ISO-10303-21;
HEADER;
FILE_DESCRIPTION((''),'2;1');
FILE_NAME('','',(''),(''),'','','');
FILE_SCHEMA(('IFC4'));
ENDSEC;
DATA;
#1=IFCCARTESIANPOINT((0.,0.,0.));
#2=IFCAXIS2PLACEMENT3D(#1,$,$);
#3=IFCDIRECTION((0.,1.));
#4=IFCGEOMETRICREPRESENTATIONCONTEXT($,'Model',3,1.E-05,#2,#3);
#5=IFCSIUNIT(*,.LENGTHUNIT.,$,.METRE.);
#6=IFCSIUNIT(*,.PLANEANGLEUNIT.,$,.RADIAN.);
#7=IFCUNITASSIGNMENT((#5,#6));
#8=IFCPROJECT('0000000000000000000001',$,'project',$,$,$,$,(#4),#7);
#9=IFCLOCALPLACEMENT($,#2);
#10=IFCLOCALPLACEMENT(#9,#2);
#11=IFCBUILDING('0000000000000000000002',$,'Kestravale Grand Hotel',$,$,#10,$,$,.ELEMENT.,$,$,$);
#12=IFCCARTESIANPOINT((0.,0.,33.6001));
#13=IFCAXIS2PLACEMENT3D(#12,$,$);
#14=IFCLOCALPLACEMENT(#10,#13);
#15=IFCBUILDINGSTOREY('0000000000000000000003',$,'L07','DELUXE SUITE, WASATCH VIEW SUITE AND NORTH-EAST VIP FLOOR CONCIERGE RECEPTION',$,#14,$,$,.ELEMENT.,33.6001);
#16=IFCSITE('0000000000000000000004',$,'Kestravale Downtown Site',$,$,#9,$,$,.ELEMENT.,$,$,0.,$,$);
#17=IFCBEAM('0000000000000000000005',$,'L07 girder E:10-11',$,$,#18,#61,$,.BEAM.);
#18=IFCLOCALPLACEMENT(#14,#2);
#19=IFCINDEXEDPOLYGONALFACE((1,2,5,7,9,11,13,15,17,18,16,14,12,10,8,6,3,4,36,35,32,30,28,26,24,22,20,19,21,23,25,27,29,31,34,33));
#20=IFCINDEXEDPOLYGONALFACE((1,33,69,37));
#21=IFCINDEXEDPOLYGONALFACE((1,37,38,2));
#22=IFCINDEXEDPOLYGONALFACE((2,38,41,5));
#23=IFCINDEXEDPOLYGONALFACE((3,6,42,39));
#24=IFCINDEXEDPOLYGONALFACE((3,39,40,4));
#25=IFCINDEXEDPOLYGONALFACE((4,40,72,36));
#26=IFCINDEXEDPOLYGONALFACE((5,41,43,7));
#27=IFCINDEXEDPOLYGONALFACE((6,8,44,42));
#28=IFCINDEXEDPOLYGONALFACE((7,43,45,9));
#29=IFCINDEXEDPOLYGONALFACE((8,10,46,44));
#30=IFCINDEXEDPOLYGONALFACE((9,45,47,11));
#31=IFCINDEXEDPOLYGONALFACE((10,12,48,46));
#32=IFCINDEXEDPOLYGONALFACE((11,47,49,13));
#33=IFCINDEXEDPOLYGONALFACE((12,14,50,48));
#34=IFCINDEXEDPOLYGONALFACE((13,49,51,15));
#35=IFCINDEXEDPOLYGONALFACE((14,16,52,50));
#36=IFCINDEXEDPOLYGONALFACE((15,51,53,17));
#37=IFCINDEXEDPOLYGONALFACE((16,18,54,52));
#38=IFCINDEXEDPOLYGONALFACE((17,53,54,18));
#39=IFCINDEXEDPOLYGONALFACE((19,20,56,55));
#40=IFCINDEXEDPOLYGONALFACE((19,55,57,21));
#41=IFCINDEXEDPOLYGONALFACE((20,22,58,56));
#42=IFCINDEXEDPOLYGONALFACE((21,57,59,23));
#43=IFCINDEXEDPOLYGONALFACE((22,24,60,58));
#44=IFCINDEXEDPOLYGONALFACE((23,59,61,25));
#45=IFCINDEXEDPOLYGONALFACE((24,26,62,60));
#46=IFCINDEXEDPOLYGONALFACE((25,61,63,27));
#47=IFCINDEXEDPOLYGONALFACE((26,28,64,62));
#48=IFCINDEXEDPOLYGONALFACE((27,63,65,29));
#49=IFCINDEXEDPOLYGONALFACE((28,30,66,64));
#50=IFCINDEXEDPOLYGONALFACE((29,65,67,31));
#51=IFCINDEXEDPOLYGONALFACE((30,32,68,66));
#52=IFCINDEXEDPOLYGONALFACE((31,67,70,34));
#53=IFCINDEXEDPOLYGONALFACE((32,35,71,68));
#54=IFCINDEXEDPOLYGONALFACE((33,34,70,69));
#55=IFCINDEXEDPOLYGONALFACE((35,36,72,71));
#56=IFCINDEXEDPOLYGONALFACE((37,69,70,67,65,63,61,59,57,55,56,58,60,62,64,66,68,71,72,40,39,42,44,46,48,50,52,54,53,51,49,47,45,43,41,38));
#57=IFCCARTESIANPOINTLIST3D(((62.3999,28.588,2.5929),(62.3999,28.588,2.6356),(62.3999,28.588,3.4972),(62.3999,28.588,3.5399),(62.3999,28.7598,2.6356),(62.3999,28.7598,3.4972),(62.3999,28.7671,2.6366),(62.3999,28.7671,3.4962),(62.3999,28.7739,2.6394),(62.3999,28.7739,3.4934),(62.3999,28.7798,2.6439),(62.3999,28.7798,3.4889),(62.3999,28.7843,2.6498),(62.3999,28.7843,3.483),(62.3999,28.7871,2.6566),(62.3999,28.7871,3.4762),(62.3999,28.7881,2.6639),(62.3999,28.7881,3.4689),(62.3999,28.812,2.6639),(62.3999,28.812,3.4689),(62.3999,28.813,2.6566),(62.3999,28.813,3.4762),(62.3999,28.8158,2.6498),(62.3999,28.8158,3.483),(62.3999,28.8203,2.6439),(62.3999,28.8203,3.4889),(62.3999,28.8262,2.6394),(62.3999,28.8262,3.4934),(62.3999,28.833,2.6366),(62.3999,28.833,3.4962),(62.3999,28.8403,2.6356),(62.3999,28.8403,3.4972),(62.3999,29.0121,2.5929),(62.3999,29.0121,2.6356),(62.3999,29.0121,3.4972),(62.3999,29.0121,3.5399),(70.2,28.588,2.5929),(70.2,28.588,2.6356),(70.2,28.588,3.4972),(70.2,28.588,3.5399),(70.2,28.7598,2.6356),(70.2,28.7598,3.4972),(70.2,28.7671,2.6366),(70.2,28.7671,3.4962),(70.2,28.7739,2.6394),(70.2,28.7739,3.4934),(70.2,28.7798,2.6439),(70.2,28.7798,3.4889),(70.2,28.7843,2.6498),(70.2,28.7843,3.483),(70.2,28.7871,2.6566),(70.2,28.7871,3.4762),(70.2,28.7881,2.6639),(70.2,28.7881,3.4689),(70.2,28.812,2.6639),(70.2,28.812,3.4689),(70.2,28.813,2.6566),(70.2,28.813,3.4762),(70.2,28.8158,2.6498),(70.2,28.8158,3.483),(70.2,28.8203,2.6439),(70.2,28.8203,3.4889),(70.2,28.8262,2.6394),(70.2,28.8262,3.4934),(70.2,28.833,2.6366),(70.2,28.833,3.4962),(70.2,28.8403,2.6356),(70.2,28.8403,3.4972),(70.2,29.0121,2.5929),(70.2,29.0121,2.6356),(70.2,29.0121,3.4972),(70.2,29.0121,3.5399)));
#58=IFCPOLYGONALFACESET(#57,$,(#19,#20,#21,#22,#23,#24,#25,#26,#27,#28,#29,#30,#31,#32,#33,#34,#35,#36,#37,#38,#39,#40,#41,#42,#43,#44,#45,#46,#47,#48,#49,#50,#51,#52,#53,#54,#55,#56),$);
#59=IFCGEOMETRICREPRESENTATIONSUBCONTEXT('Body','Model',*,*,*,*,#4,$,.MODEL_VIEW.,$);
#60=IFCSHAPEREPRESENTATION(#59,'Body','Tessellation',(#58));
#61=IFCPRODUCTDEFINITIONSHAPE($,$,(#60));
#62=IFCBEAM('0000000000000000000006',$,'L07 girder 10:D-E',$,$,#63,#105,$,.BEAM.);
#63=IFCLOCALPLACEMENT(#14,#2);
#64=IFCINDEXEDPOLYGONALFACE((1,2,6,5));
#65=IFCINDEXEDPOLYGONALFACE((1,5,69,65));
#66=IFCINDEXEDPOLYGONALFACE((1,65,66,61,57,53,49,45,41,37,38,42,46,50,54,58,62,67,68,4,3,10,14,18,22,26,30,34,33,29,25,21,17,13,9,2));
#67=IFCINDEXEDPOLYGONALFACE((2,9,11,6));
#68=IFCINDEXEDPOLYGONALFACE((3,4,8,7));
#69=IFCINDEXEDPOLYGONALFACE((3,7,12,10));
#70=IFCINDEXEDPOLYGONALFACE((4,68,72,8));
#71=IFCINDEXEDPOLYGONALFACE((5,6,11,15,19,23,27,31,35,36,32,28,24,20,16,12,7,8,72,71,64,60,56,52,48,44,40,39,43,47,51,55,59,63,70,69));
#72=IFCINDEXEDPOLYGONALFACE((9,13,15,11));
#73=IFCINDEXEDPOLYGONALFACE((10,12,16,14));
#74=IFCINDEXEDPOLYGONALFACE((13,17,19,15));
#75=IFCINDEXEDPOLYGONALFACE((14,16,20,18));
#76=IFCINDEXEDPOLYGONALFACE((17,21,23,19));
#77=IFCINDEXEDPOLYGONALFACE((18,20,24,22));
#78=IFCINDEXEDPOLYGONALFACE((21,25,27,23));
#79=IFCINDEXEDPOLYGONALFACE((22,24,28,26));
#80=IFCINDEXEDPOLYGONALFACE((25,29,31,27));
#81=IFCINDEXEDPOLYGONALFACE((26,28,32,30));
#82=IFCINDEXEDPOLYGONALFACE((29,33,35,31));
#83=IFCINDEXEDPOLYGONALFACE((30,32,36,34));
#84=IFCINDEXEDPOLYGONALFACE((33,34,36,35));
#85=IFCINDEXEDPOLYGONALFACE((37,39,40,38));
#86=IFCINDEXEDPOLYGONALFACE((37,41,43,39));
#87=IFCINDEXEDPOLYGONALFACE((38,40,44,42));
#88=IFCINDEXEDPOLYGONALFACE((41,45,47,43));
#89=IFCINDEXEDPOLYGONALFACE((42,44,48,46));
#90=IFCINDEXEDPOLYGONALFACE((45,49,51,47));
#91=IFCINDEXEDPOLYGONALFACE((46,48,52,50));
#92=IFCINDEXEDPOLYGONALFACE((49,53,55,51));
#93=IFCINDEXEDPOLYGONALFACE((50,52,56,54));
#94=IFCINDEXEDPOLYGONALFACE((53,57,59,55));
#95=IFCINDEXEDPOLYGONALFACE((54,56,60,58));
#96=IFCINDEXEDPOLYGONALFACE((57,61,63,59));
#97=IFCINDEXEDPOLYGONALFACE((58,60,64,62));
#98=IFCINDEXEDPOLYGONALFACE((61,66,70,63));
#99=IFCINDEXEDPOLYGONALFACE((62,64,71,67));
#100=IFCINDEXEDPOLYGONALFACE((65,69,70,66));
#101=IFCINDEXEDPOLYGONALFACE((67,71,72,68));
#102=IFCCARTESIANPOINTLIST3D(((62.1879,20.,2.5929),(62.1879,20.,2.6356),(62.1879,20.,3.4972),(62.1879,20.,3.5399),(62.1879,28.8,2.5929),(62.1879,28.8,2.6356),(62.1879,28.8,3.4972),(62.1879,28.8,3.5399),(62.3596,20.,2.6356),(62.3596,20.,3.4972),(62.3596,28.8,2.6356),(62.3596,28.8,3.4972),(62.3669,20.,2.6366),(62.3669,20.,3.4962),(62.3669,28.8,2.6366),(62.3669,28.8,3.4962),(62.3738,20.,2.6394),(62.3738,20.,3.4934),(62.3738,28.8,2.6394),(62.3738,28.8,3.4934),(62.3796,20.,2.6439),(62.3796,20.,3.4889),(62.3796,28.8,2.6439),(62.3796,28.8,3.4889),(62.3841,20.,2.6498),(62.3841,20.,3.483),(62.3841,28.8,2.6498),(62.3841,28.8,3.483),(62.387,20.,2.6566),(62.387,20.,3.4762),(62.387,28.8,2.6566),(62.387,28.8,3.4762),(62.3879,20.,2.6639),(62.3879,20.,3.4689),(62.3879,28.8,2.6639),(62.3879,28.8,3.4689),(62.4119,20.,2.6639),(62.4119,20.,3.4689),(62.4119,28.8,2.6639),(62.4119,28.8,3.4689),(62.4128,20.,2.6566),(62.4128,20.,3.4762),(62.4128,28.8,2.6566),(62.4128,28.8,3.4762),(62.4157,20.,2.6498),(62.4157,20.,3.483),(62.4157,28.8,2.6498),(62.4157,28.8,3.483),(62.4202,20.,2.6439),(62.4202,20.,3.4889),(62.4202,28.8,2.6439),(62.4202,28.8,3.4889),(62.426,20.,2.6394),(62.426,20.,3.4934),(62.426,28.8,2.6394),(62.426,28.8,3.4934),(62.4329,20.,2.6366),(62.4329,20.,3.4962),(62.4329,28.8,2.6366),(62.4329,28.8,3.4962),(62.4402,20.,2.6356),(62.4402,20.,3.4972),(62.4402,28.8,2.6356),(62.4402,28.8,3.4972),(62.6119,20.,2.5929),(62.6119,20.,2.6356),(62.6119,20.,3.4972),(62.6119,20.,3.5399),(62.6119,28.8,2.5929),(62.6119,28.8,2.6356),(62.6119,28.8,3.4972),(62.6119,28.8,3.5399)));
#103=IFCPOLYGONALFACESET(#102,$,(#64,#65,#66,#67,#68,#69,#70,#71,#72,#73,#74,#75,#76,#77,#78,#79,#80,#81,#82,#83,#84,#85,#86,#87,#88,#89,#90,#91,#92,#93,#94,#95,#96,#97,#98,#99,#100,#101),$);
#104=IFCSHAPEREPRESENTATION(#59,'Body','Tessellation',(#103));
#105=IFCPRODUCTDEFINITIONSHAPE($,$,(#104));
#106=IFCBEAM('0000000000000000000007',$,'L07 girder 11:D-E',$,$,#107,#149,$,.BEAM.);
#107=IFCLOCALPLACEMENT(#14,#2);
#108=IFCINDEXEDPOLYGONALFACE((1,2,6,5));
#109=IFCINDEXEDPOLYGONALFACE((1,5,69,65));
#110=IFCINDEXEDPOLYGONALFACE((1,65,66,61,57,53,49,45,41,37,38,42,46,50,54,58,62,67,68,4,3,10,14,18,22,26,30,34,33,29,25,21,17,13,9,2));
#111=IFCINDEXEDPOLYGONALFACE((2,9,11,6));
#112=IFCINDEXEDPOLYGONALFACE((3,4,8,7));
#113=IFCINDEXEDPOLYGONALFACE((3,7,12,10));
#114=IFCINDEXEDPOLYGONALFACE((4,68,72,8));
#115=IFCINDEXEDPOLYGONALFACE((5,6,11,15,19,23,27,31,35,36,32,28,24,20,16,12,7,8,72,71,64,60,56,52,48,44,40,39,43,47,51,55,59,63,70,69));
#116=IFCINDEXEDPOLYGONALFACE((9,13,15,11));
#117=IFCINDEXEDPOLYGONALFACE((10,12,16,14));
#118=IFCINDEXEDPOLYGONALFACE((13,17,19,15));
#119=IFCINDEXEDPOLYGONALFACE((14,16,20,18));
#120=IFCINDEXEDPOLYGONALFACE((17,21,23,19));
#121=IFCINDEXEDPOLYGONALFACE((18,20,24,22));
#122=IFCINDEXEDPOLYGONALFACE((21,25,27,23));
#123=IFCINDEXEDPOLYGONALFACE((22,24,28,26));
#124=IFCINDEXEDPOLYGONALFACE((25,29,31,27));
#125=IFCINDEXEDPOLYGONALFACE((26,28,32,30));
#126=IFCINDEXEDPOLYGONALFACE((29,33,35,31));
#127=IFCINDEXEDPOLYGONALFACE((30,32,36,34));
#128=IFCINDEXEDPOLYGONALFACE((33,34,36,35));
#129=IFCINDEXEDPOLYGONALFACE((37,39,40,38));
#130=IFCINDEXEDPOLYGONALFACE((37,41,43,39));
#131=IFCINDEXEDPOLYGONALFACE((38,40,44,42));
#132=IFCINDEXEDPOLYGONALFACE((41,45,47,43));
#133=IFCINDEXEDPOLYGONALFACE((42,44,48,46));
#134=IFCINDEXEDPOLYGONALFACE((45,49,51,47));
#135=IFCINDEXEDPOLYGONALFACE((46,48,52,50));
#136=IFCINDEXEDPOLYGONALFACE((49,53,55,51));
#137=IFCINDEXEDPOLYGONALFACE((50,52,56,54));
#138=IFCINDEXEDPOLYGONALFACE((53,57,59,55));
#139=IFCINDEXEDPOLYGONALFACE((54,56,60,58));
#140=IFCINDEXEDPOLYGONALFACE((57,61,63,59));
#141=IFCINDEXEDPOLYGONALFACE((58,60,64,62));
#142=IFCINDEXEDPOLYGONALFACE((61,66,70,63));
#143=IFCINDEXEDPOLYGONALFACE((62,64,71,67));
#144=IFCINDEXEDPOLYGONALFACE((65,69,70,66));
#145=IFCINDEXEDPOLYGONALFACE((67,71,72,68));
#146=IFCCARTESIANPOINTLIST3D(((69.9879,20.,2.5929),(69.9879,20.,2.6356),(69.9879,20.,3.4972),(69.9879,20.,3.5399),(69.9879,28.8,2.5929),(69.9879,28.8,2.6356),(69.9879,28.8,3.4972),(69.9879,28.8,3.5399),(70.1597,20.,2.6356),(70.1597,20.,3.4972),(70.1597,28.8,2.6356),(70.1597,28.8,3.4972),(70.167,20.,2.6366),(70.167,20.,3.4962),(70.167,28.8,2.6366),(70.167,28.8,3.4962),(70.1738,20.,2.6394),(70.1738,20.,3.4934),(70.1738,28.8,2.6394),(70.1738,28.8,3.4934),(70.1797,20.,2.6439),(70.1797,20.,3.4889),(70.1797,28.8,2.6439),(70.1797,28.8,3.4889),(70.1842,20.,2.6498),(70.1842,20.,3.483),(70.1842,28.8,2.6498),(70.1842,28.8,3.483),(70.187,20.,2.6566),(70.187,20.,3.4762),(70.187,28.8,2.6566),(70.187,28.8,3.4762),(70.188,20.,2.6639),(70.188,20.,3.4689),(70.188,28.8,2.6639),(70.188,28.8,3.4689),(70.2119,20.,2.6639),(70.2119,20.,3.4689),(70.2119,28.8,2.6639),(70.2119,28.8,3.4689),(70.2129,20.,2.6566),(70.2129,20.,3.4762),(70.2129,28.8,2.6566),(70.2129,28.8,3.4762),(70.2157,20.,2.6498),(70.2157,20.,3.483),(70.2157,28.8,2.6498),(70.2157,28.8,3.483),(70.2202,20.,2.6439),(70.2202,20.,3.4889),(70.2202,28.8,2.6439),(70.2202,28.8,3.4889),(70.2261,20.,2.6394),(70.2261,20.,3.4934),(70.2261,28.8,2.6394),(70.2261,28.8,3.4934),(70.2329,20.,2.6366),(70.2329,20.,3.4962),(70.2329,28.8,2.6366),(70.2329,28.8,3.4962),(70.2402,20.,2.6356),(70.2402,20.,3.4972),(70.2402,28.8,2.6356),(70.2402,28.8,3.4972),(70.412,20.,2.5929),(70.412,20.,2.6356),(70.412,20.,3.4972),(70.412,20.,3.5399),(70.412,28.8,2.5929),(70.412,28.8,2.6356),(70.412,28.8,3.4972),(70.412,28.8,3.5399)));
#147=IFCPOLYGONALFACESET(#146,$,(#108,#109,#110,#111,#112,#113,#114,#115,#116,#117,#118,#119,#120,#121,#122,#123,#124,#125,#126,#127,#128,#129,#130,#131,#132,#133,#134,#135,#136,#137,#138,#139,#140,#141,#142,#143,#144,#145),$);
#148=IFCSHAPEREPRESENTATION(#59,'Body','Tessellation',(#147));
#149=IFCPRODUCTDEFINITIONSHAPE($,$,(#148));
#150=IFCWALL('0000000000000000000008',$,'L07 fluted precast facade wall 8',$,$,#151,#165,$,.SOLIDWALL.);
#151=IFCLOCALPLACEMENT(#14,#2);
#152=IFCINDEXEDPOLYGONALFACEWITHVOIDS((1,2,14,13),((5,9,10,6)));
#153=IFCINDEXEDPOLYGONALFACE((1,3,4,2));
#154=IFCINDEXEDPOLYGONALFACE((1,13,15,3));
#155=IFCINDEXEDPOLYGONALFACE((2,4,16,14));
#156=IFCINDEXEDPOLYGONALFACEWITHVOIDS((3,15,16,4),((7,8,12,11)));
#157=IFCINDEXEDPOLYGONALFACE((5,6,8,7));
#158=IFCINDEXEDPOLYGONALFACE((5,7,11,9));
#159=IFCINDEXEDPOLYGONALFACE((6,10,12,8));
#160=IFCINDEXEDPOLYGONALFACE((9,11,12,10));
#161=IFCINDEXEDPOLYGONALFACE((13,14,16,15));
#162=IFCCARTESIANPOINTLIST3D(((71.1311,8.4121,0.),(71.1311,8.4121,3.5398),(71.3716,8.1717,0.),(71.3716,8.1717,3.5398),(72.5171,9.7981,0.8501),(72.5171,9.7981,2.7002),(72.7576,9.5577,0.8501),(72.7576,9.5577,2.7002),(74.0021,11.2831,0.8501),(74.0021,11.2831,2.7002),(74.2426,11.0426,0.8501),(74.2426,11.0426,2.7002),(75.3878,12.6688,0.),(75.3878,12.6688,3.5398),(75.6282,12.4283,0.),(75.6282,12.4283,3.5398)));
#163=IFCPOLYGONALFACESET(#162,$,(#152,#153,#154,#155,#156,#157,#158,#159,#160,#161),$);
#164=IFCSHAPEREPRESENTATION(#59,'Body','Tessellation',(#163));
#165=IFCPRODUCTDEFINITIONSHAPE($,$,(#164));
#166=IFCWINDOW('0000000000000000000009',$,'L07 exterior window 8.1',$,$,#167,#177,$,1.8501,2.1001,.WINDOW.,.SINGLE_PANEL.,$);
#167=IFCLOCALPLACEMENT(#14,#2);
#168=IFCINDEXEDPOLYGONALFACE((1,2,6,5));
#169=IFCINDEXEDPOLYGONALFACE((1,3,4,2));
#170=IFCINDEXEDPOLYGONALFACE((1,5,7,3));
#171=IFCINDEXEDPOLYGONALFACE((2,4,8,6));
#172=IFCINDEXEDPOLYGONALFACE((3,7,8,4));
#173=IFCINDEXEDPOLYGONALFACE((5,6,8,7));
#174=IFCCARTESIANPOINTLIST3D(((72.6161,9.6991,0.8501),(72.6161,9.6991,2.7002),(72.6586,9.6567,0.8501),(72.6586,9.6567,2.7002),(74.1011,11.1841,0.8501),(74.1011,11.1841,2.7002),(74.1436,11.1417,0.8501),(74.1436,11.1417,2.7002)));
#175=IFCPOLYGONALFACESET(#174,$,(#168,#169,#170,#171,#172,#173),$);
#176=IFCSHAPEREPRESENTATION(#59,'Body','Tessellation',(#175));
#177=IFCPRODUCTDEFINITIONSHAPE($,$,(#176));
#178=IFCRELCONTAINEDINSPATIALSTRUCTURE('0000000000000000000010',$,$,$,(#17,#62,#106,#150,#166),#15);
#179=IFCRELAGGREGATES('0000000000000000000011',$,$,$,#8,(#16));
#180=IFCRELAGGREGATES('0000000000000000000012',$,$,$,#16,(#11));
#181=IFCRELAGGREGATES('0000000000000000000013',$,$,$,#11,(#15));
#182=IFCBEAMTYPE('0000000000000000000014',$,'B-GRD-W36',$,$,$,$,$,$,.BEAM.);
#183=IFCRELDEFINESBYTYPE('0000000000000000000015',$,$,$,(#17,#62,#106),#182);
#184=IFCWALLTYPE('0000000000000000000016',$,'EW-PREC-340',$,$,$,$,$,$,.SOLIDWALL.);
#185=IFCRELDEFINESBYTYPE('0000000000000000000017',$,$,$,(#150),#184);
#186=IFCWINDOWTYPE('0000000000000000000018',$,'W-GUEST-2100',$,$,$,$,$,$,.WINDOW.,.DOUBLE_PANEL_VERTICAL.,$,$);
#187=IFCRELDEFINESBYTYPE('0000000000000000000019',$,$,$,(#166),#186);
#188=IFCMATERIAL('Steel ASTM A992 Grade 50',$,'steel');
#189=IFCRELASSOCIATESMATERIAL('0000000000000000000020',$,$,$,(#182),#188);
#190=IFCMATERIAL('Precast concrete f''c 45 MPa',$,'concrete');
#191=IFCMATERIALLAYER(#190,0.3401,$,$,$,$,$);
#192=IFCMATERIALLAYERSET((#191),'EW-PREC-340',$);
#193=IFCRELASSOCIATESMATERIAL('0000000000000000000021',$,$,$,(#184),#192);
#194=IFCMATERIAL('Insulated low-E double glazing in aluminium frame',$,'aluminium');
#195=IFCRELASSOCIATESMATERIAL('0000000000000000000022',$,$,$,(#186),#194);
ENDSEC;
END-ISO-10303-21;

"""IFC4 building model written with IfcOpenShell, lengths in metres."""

from ifc_helpers import new_model, si_unit, direction, frame, frame_2d, origin, origin_2d, place, context, subcontext, project, spatial, rectangle, i_section, extrude, material, layer, layer_set, material_profile, profile_set, type_object, element, fill, save


model = new_model("IFC4")

# Units and contexts
model_context = context("Model", 3, precision=1e-05, world=origin(), true_north=direction((0.0, 1.0)))
body_context = subcontext(model_context, "Body", "Model", "MODEL_VIEW")
ifc_project = project(units=[si_unit("LENGTHUNIT", "METRE"), si_unit("PLANEANGLEUNIT", "RADIAN")], contexts=[model_context])

# Site, building, storey
site_placement = place(None, origin())
site = spatial("IfcSite", under=ifc_project, at=site_placement, Name="Kestravale Downtown Site", CompositionType="ELEMENT", RefElevation=0.0)
building_placement = place(site_placement, origin())
building = spatial("IfcBuilding", under=site, at=building_placement, Name="Kestravale Grand Hotel", CompositionType="ELEMENT")
storey_placement = place(building_placement, frame((0.0, 0.0, 33.6001)))
storey = spatial("IfcBuildingStorey", under=building, at=storey_placement, Name="L07", Description="DELUXE SUITE, WASATCH VIEW SUITE AND NORTH-EAST VIP FLOOR CONCIERGE RECEPTION", CompositionType="ELEMENT", Elevation=33.6001)

# Beams
ifc_material_1 = material(Name="Steel ASTM A992 Grade 50", Category="steel")
ifc_material_profile_1 = material_profile(ifc_material_1, i_section(OverallWidth=0.4241, OverallDepth=0.947, WebThickness=0.0239, FlangeThickness=0.0427, FilletRadius=0.0283, at=origin_2d()))
ifc_profile_set_1 = profile_set([ifc_material_profile_1], Name="Steel ASTM A992 Grade 50")
beam_type_1 = type_object("IfcBeamType", Name="B-GRD-W36", PredefinedType="BEAM", material=ifc_profile_set_1)
for number, where, z_axis, x_axis, name in (
    (1, (62.3999, 28.8, 3.0664), (1.0, 0.0, 0.0), (0.0, 1.0, 0.0), "L07 girder E:10-11"),
):
    element("IfcBeam", number, at=place(storey_placement, frame(where, z_axis=z_axis, x_axis=x_axis)), inside=storey, type_object=beam_type_1, Name=name, PredefinedType="BEAM", context=body_context, shape_type="SweptSolid", body=[
        extrude(i_section(OverallWidth=0.4241, OverallDepth=0.947, WebThickness=0.0239, FlangeThickness=0.0427, FilletRadius=0.0283, at=origin_2d()), origin(), (0.0, 0.0, 1.0), 7.8),
    ])
for number, where, z_axis, x_axis, name in (
    (2, (62.3999, 20.0, 3.0664), (0.0, 1.0, 0.0), (-1.0, 0.0, 0.0), "L07 girder 10:D-E"),
    (3, (70.2, 20.0, 3.0664), (0.0, 1.0, 0.0), (-1.0, 0.0, 0.0), "L07 girder 11:D-E"),
):
    element("IfcBeam", number, at=place(storey_placement, frame(where, z_axis=z_axis, x_axis=x_axis)), inside=storey, type_object=beam_type_1, Name=name, PredefinedType="BEAM", context=body_context, shape_type="SweptSolid", body=[
        extrude(i_section(OverallWidth=0.4241, OverallDepth=0.947, WebThickness=0.0239, FlangeThickness=0.0427, FilletRadius=0.0283, at=origin_2d()), origin(), (0.0, 0.0, 1.0), 8.8),
    ])

# Wall, opening, window
ifc_material_2 = material(Name="Precast concrete f'c 45 MPa", Category="concrete")
ifc_layer_1 = layer(ifc_material_2, 0.3401)
ifc_layer_set_1 = layer_set([ifc_layer_1], Name="EW-PREC-340")
wall_type_1 = type_object("IfcWallType", Name="EW-PREC-340", PredefinedType="SOLIDWALL", material=ifc_layer_set_1)
wall_1_placement = place(storey_placement, frame((71.2515, 8.292, 0.0), z_axis=(0.0, 0.0, 1.0), x_axis=(0.707107, 0.707107, 0.0)))
wall_1 = element("IfcWall", 4, at=wall_1_placement, inside=storey, type_object=wall_type_1, Name="L07 fluted precast facade wall 8", PredefinedType="SOLIDWALL", context=body_context, shape_type="SweptSolid", body=[
    extrude(rectangle(XDim=6.0198, YDim=0.3401, at=frame_2d((3.0098, 0.0))), origin(), (0.0, 0.0, 1.0), 3.5398),
])
opening_1_placement = place(wall_1_placement, frame((1.96, 0.0, 0.8501)))
opening_1 = element("IfcOpeningElement", 5, at=opening_1_placement, cuts=wall_1, PredefinedType="OPENING", context=body_context, shape_type="SweptSolid", body=[
    extrude(rectangle(XDim=2.1001, YDim=1.8501, at=frame_2d((1.05, 0.925))), frame((0.0, 0.1799, 0.0), z_axis=(0.0, -1.0, 0.0), x_axis=(1.0, 0.0, 0.0)), (0.0, 0.0, 1.0), 0.3601),
])
ifc_material_3 = material(Name="Insulated low-E double glazing in aluminium frame", Category="aluminium")
window_type = type_object("IfcWindowType", Name="W-GUEST-2100", PartitioningType="DOUBLE_PANEL_VERTICAL", PredefinedType="WINDOW", material=ifc_material_3)
window_1_placement = place(opening_1_placement, origin())
window_1 = element("IfcWindow", 6, at=window_1_placement, inside=storey, type_object=window_type, Name="L07 exterior window 8.1", OverallHeight=1.8501, OverallWidth=2.1001, PartitioningType="SINGLE_PANEL", PredefinedType="WINDOW", context=body_context, shape_type="SweptSolid", body=[
    extrude(rectangle(XDim=2.1001, YDim=1.8501, at=frame_2d((1.05, 0.925))), frame((0.0, 0.03, 0.0), z_axis=(0.0, -1.0, 0.0), x_axis=(1.0, 0.0, 0.0)), (0.0, 0.0, 1.0), 0.0601),
])
fill(opening_1, window_1)

save(model, "model.ifc")
